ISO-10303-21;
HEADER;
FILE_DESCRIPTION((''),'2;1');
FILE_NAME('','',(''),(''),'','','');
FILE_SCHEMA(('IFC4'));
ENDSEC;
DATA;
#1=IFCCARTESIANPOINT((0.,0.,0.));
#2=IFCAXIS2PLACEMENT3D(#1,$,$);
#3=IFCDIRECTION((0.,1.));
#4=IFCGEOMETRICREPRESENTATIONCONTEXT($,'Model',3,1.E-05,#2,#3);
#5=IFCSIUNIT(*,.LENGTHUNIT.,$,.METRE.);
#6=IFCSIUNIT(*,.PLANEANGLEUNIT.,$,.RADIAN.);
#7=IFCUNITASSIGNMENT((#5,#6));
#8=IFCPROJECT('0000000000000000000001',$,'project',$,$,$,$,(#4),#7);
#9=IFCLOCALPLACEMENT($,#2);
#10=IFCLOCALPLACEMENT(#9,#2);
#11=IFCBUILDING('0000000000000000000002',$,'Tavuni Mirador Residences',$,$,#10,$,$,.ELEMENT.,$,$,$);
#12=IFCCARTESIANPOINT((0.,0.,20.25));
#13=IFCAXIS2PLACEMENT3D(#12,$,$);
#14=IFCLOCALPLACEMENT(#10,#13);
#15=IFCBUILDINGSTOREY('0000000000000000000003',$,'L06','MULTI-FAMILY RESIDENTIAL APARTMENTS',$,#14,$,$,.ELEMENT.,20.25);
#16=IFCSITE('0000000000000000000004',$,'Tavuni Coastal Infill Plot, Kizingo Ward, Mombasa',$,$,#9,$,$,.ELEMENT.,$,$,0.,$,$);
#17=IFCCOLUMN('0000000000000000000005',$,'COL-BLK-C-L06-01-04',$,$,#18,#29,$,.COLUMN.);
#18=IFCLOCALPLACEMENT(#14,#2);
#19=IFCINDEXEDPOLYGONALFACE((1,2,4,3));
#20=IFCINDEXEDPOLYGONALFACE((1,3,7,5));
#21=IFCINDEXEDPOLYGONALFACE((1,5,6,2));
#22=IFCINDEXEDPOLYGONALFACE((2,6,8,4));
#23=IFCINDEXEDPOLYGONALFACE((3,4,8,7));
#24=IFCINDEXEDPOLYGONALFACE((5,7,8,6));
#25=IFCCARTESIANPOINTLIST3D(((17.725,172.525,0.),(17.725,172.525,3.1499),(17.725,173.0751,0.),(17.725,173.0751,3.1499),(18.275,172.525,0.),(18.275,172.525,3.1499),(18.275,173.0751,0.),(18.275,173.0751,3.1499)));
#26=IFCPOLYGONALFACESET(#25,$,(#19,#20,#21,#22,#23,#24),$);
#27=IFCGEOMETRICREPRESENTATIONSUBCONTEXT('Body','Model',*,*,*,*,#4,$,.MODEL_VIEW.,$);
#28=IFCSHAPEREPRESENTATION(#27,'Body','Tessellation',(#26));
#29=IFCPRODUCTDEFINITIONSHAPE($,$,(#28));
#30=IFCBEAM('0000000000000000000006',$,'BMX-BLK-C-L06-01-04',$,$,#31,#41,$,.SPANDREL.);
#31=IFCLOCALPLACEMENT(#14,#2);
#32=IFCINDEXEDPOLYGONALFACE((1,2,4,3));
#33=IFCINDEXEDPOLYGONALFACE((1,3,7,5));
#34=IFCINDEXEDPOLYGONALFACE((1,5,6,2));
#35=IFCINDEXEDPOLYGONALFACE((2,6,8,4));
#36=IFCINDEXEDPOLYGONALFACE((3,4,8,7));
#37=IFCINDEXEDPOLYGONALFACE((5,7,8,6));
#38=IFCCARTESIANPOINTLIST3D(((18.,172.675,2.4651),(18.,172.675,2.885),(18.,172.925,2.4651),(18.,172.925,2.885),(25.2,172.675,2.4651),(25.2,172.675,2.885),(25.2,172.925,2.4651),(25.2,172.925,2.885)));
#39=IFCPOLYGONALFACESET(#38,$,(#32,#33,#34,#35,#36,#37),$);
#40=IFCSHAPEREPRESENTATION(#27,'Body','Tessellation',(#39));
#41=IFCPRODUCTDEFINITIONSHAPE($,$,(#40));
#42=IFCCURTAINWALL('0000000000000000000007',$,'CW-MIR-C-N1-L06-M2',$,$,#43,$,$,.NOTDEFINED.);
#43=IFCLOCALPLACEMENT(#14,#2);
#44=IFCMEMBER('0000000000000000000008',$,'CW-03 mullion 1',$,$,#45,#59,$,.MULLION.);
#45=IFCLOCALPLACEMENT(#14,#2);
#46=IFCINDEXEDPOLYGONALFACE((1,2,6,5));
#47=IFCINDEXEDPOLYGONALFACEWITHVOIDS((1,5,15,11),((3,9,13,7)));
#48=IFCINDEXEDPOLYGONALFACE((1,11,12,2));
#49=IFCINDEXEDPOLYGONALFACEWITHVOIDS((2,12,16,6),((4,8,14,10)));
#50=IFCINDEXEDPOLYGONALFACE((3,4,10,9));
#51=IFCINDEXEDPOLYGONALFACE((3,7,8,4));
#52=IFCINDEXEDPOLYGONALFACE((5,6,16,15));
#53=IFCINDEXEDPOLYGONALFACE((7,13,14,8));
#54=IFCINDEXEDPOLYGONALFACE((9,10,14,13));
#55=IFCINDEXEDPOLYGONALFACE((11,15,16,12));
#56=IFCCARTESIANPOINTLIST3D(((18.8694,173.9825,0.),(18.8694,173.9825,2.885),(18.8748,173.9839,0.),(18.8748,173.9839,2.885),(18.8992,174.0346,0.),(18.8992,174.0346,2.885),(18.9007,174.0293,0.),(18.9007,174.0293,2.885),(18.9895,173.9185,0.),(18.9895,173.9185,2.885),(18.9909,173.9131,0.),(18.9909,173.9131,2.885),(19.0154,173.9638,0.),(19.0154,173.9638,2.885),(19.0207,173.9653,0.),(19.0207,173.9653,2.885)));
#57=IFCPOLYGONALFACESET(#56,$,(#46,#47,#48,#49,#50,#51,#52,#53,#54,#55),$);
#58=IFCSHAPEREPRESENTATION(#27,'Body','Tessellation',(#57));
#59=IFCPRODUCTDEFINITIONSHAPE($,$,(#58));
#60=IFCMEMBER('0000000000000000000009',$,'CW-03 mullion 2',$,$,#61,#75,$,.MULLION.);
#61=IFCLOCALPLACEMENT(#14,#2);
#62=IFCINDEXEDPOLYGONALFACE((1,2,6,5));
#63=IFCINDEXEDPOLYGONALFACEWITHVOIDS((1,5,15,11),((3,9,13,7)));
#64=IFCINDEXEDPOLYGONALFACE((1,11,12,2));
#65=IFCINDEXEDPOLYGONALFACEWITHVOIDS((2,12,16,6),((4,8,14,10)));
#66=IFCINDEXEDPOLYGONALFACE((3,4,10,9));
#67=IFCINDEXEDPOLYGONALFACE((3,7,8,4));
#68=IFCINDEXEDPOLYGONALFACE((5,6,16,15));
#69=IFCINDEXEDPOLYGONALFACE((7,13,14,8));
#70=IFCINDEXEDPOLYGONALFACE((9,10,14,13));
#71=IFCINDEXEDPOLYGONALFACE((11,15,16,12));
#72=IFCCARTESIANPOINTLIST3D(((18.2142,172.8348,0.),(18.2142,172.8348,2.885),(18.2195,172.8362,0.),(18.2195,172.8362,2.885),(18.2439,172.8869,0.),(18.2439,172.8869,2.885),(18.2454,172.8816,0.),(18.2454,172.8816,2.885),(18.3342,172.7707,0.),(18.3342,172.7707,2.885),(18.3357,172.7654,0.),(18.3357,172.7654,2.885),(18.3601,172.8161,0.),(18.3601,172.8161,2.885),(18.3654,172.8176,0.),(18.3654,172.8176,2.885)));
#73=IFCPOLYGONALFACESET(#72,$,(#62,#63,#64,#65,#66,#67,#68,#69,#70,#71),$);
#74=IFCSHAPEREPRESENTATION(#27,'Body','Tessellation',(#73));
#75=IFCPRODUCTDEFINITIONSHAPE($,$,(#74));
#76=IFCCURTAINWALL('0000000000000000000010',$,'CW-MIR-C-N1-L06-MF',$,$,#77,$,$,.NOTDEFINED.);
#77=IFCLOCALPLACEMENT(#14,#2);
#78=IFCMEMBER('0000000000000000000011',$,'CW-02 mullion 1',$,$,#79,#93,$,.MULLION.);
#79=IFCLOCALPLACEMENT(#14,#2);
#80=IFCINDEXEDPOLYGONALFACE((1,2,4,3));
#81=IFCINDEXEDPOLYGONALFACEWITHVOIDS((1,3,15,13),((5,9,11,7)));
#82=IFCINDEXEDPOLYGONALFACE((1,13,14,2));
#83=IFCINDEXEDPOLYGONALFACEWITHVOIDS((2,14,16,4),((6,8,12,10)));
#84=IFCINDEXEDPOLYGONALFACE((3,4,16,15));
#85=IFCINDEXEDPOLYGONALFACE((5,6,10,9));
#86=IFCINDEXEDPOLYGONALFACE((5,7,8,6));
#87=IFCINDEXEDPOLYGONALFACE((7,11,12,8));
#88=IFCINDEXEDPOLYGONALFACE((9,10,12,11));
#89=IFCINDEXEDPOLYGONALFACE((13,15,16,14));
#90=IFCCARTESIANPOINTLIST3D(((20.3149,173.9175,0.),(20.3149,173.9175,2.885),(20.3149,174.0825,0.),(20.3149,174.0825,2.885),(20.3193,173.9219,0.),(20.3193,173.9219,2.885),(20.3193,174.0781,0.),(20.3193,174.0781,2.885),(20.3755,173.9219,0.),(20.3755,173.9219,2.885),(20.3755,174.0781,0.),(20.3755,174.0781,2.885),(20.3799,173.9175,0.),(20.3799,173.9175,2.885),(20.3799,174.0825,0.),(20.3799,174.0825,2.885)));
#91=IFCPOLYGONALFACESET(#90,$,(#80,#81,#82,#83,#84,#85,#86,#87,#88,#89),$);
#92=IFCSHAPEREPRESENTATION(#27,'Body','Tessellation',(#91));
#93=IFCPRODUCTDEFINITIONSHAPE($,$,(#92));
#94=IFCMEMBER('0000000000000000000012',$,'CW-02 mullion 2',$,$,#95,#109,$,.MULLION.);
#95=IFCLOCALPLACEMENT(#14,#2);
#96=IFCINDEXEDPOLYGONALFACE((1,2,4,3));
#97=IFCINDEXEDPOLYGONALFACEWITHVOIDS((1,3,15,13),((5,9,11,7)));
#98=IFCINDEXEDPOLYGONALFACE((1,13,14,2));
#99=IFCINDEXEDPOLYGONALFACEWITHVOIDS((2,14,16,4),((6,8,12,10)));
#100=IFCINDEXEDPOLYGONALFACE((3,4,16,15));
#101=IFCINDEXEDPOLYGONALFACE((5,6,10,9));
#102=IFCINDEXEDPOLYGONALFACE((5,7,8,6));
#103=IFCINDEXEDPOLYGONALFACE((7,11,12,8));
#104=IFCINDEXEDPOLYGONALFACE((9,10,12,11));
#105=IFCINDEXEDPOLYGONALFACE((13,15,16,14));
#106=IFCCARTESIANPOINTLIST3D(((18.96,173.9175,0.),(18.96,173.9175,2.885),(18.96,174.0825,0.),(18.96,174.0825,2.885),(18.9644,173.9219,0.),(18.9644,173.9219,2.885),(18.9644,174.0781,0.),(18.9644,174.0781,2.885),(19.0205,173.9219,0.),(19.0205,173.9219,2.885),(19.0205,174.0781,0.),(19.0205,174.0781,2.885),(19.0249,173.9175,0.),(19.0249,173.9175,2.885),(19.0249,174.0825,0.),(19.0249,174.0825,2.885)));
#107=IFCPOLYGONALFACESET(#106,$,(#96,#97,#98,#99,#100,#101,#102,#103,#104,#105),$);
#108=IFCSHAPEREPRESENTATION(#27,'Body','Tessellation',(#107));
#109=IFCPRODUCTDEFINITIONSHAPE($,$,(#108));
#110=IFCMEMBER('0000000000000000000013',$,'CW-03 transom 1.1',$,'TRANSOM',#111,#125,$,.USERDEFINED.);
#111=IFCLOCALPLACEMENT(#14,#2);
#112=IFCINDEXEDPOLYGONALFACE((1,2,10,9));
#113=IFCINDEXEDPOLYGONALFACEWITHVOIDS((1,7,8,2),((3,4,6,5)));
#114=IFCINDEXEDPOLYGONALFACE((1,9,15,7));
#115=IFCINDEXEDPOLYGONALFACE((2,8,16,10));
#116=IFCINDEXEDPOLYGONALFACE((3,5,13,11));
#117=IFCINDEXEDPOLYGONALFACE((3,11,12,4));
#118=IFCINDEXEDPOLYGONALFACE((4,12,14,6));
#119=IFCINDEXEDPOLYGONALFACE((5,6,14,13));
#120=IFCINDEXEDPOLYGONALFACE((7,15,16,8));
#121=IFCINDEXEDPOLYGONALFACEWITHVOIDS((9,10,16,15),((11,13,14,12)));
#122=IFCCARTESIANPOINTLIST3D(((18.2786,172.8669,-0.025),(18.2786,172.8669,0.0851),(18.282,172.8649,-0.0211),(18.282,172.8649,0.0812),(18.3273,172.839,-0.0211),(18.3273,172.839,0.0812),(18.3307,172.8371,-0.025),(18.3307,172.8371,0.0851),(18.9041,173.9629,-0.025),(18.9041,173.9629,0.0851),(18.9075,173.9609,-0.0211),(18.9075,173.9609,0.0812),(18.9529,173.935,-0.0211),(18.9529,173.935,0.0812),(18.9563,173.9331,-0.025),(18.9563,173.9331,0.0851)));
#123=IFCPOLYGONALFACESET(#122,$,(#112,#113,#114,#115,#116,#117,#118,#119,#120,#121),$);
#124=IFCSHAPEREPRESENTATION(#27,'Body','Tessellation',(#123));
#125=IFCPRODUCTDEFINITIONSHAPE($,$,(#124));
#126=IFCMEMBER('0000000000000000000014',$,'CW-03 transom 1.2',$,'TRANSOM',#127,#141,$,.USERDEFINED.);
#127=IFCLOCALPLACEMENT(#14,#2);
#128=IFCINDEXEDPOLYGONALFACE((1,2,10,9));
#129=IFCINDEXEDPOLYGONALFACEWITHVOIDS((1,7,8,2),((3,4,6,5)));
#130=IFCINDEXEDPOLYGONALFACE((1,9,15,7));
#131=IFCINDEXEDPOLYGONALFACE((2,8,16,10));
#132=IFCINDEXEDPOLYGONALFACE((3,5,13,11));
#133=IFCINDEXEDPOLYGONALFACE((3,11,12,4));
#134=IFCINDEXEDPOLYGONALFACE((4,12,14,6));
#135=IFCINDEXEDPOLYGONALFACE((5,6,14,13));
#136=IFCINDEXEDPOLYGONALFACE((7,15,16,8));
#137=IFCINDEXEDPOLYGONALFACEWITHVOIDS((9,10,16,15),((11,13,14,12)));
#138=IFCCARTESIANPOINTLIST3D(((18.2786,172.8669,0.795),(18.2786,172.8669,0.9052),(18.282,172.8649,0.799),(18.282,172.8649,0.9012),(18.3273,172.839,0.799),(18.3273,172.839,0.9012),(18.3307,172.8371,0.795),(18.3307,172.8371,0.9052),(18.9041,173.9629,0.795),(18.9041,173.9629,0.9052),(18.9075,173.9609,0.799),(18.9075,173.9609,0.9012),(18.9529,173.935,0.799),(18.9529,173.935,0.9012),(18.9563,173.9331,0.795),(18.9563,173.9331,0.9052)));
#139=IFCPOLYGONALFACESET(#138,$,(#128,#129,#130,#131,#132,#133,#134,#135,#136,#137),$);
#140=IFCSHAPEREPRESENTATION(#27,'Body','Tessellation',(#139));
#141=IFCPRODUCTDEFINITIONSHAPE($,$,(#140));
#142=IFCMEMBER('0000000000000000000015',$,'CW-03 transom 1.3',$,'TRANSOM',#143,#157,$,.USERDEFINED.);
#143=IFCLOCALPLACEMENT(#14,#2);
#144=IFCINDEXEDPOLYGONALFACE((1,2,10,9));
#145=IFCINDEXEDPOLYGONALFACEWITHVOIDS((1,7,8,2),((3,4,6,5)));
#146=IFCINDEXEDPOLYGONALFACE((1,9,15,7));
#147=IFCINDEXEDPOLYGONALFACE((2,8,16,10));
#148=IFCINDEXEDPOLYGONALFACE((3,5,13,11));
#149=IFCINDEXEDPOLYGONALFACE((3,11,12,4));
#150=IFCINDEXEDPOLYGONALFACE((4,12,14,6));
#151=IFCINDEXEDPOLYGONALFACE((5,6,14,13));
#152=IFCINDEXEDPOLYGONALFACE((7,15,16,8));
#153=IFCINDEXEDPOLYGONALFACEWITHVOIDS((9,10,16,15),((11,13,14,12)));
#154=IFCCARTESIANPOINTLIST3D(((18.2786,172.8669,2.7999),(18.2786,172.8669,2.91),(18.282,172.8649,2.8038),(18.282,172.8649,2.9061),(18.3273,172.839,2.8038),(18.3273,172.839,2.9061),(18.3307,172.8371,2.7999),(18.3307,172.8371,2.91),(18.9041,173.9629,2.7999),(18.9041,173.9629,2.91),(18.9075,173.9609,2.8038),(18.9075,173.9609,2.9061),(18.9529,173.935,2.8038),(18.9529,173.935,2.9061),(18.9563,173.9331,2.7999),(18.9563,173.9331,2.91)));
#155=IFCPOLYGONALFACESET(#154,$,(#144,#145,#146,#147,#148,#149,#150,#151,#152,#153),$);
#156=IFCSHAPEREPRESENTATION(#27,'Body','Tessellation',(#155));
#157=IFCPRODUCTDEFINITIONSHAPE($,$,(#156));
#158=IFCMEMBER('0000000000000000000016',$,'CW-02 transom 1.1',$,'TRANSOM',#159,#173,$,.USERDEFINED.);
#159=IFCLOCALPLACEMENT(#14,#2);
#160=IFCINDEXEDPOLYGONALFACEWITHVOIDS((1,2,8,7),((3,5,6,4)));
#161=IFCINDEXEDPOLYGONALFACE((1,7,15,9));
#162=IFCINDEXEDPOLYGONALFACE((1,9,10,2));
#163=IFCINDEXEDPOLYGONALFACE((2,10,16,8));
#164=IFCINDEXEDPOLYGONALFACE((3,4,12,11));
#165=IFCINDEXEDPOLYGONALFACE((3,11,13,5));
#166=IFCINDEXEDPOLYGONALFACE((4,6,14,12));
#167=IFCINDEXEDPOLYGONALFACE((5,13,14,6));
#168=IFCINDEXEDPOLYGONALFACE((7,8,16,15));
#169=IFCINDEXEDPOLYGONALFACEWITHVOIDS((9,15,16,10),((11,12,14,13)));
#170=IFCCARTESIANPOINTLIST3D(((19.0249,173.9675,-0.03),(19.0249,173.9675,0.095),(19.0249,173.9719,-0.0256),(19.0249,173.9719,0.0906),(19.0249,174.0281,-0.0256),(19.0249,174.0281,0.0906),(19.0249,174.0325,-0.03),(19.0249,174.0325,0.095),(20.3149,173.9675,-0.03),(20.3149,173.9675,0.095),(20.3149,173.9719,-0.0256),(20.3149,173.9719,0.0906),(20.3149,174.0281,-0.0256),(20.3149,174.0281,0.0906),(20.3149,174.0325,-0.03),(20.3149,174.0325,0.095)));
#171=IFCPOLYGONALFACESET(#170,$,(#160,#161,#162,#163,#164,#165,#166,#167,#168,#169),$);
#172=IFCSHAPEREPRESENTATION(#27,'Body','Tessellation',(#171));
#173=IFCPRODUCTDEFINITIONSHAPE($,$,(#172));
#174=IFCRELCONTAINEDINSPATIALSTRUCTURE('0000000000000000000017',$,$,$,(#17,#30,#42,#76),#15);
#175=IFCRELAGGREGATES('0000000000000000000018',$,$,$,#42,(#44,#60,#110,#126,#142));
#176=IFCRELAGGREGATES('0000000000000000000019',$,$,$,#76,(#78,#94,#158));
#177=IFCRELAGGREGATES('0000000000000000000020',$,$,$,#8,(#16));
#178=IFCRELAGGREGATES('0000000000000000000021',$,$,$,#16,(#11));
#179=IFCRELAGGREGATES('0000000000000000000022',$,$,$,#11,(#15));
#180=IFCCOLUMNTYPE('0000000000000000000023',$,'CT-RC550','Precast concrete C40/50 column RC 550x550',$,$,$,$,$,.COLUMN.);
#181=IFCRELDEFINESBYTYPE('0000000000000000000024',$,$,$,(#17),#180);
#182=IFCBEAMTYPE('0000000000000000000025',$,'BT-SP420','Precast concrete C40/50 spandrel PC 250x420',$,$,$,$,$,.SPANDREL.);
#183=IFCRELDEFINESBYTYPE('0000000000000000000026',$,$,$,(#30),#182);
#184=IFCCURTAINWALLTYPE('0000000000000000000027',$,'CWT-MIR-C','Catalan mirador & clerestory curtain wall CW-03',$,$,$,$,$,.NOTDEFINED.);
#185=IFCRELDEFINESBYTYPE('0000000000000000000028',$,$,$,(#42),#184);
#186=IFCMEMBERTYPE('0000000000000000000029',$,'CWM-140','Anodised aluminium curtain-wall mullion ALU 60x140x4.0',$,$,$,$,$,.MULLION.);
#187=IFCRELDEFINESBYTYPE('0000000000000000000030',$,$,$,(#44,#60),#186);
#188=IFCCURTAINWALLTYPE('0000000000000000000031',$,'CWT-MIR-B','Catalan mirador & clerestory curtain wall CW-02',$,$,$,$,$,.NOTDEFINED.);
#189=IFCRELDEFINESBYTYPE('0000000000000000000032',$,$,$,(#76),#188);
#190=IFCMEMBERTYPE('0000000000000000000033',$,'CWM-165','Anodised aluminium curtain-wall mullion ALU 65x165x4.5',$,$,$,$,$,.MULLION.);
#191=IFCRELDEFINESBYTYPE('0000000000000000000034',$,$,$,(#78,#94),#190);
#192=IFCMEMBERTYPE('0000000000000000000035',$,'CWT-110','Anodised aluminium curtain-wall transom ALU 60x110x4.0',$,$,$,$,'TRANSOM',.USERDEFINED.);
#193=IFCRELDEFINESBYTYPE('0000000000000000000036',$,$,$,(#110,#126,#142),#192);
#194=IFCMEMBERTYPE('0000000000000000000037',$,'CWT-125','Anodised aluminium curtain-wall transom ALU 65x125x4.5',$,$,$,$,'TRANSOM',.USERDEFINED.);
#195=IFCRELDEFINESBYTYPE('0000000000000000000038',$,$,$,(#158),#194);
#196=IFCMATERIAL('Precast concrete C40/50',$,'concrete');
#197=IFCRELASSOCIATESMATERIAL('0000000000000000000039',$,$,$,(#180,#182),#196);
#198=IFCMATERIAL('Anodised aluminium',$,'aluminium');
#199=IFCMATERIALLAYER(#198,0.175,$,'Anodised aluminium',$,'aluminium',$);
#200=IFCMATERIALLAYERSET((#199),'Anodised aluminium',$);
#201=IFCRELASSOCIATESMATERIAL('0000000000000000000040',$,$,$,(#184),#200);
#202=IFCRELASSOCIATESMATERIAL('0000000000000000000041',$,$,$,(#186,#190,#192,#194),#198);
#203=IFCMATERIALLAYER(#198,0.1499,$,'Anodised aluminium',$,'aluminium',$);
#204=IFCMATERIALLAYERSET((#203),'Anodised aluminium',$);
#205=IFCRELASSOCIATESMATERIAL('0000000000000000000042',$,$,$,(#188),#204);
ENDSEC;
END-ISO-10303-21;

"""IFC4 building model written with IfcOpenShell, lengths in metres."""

from ifc_helpers import new_model, si_unit, direction, frame, origin, origin_2d, place, context, subcontext, project, spatial, rectangle, hollow_rectangle, extrude, material, layer, layer_set, material_profile, profile_set, type_object, element, aggregate, save


model = new_model("IFC4")

# Units and contexts
model_context = context("Model", 3, precision=1e-05, world=origin(), true_north=direction((0.0, 1.0)))
body_context = subcontext(model_context, "Body", "Model", "MODEL_VIEW")
ifc_project = project(units=[si_unit("LENGTHUNIT", "METRE"), si_unit("PLANEANGLEUNIT", "RADIAN")], contexts=[model_context])

# Site, building, storey
site_placement = place(None, origin())
site = spatial("IfcSite", under=ifc_project, at=site_placement, Name="Tavuni Coastal Infill Plot, Kizingo Ward, Mombasa", CompositionType="ELEMENT", RefElevation=0.0)
building_placement = place(site_placement, origin())
building = spatial("IfcBuilding", under=site, at=building_placement, Name="Tavuni Mirador Residences", CompositionType="ELEMENT")
storey_placement = place(building_placement, frame((0.0, 0.0, 20.25)))
storey = spatial("IfcBuildingStorey", under=building, at=storey_placement, Name="L06", Description="MULTI-FAMILY RESIDENTIAL APARTMENTS", CompositionType="ELEMENT", Elevation=20.25)

# Column
ifc_material_1 = material(Name="Precast concrete C40/50", Category="concrete")
ifc_material_profile_1 = material_profile(ifc_material_1, rectangle(XDim=0.55, YDim=0.55, at=origin_2d()), Name="RC 550x550", Category="concrete")
ifc_profile_set_1 = profile_set([ifc_material_profile_1], Name="Precast concrete C40/50")
column_type = type_object("IfcColumnType", Name="CT-RC550", Description="Precast concrete C40/50 column RC 550x550", PredefinedType="COLUMN", material=ifc_profile_set_1)
column_placement = place(storey_placement, frame((18.0, 172.8, 0.0), z_axis=(0.0, 0.0, 1.0), x_axis=(1.0, 0.0, 0.0)))
element("IfcColumn", 1, at=column_placement, inside=storey, type_object=column_type, Name="COL-BLK-C-L06-01-04", PredefinedType="COLUMN", context=body_context, shape_type="SweptSolid", body=[
    extrude(rectangle(XDim=0.55, YDim=0.55, at=origin_2d()), origin(), (0.0, 0.0, 1.0), 3.1499),
])

# Beam
ifc_material_profile_2 = material_profile(ifc_material_1, rectangle(XDim=0.25, YDim=0.4199, at=origin_2d()), Name="PC 250x420", Category="concrete")
ifc_profile_set_2 = profile_set([ifc_material_profile_2], Name="Precast concrete C40/50")
beam_type = type_object("IfcBeamType", Name="BT-SP420", Description="Precast concrete C40/50 spandrel PC 250x420", PredefinedType="SPANDREL", material=ifc_profile_set_2)
beam_placement = place(storey_placement, frame((18.0, 172.8, 2.675), z_axis=(1.0, 0.0, 0.0), x_axis=(0.0, 1.0, 0.0)))
element("IfcBeam", 2, at=beam_placement, inside=storey, type_object=beam_type, Name="BMX-BLK-C-L06-01-04", PredefinedType="SPANDREL", context=body_context, shape_type="SweptSolid", body=[
    extrude(rectangle(XDim=0.25, YDim=0.4199, at=origin_2d()), origin(), (0.0, 0.0, 1.0), 7.2),
])

# Curtain walls, members
ifc_material_2 = material(Name="Anodised aluminium", Category="aluminium")
ifc_layer_1 = layer(ifc_material_2, 0.175, Name="Anodised aluminium", Category="aluminium")
ifc_layer_set_1 = layer_set([ifc_layer_1], Name="Anodised aluminium")
curtain_wall_type_1 = type_object("IfcCurtainWallType", Name="CWT-MIR-C", Description="Catalan mirador & clerestory curtain wall CW-03", PredefinedType="NOTDEFINED", material=ifc_layer_set_1)
curtain_wall_1_placement = place(storey_placement, origin())
curtain_wall_1 = element("IfcCurtainWall", 3, at=curtain_wall_1_placement, inside=storey, type_object=curtain_wall_type_1, Name="CW-MIR-C-N1-L06-M2", PredefinedType="NOTDEFINED")
ifc_material_profile_3 = material_profile(ifc_material_2, hollow_rectangle(XDim=0.0601, YDim=0.1399, WallThickness=0.0039, at=origin_2d()), Name="ALU 60x140x4.0", Category="aluminium")
ifc_profile_set_3 = profile_set([ifc_material_profile_3], Name="Anodised aluminium")
member_type_1 = type_object("IfcMemberType", Name="CWM-140", Description="Anodised aluminium curtain-wall mullion ALU 60x140x4.0", PredefinedType="MULLION", material=ifc_profile_set_3)
member_1_placement = place(storey_placement, frame((18.9451, 173.9739, 0.0), z_axis=(0.0, 0.0, 1.0), x_axis=(-0.495749, -0.868466, 0.0)))
member_1 = element("IfcMember", 4, at=member_1_placement, type_object=member_type_1, Name="CW-03 mullion 1", PredefinedType="MULLION", context=body_context, shape_type="SweptSolid", body=[
    extrude(hollow_rectangle(XDim=0.0601, YDim=0.1399, WallThickness=0.0039, at=origin_2d()), origin(), (0.0, 0.0, 1.0), 2.885),
])
member_2_placement = place(storey_placement, frame((18.2898, 172.8262, 0.0), z_axis=(0.0, 0.0, 1.0), x_axis=(-0.495749, -0.868466, 0.0)))
member_2 = element("IfcMember", 5, at=member_2_placement, type_object=member_type_1, Name="CW-03 mullion 2", PredefinedType="MULLION", context=body_context, shape_type="SweptSolid", body=[
    extrude(hollow_rectangle(XDim=0.0601, YDim=0.1399, WallThickness=0.0039, at=origin_2d()), origin(), (0.0, 0.0, 1.0), 2.885),
])
ifc_layer_2 = layer(ifc_material_2, 0.1499, Name="Anodised aluminium", Category="aluminium")
ifc_layer_set_2 = layer_set([ifc_layer_2], Name="Anodised aluminium")
curtain_wall_type_2 = type_object("IfcCurtainWallType", Name="CWT-MIR-B", Description="Catalan mirador & clerestory curtain wall CW-02", PredefinedType="NOTDEFINED", material=ifc_layer_set_2)
curtain_wall_2_placement = place(storey_placement, origin())
curtain_wall_2 = element("IfcCurtainWall", 6, at=curtain_wall_2_placement, inside=storey, type_object=curtain_wall_type_2, Name="CW-MIR-C-N1-L06-MF", PredefinedType="NOTDEFINED")
ifc_material_profile_4 = material_profile(ifc_material_2, hollow_rectangle(XDim=0.0649, YDim=0.165, WallThickness=0.0044, at=origin_2d()), Name="ALU 65x165x4.5", Category="aluminium")
ifc_profile_set_4 = profile_set([ifc_material_profile_4], Name="Anodised aluminium")
member_type_2 = type_object("IfcMemberType", Name="CWM-165", Description="Anodised aluminium curtain-wall mullion ALU 65x165x4.5", PredefinedType="MULLION", material=ifc_profile_set_4)
member_3_placement = place(storey_placement, frame((20.3474, 174.0, 0.0), z_axis=(0.0, 0.0, 1.0), x_axis=(-1.0, 0.0, 0.0)))
member_3 = element("IfcMember", 7, at=member_3_placement, type_object=member_type_2, Name="CW-02 mullion 1", PredefinedType="MULLION", context=body_context, shape_type="SweptSolid", body=[
    extrude(hollow_rectangle(XDim=0.0649, YDim=0.165, WallThickness=0.0044, at=origin_2d()), origin(), (0.0, 0.0, 1.0), 2.885),
])
member_4_placement = place(storey_placement, frame((18.9924, 174.0, 0.0), z_axis=(0.0, 0.0, 1.0), x_axis=(-1.0, 0.0, 0.0)))
member_4 = element("IfcMember", 8, at=member_4_placement, type_object=member_type_2, Name="CW-02 mullion 2", PredefinedType="MULLION", context=body_context, shape_type="SweptSolid", body=[
    extrude(hollow_rectangle(XDim=0.0649, YDim=0.165, WallThickness=0.0044, at=origin_2d()), origin(), (0.0, 0.0, 1.0), 2.885),
])

# Members
ifc_material_profile_5 = material_profile(ifc_material_2, hollow_rectangle(XDim=0.0601, YDim=0.1101, WallThickness=0.0039, at=origin_2d()), Name="ALU 60x110x4.0", Category="aluminium")
ifc_profile_set_5 = profile_set([ifc_material_profile_5], Name="Anodised aluminium")
member_type_3 = type_object("IfcMemberType", Name="CWT-110", Description="Anodised aluminium curtain-wall transom ALU 60x110x4.0", ElementType="TRANSOM", PredefinedType="USERDEFINED", material=ifc_profile_set_5)
member_5_placement = place(storey_placement, frame((18.9302, 173.948, 0.03), z_axis=(-0.49568, -0.868505, 0.0), x_axis=(0.868505, -0.49568, 0.0)))
member_5 = element("IfcMember", 9, at=member_5_placement, type_object=member_type_3, Name="CW-03 transom 1.1", ObjectType="TRANSOM", PredefinedType="USERDEFINED", context=body_context, shape_type="SweptSolid", body=[
    extrude(hollow_rectangle(XDim=0.0601, YDim=0.1101, WallThickness=0.0039, at=origin_2d()), origin(), (0.0, 0.0, 1.0), 1.262),
])
member_6_placement = place(storey_placement, frame((18.9302, 173.948, 0.8501), z_axis=(-0.49568, -0.868505, 0.0), x_axis=(0.868505, -0.49568, 0.0)))
member_6 = element("IfcMember", 10, at=member_6_placement, type_object=member_type_3, Name="CW-03 transom 1.2", ObjectType="TRANSOM", PredefinedType="USERDEFINED", context=body_context, shape_type="SweptSolid", body=[
    extrude(hollow_rectangle(XDim=0.0601, YDim=0.1101, WallThickness=0.0039, at=origin_2d()), origin(), (0.0, 0.0, 1.0), 1.262),
])
member_7_placement = place(storey_placement, frame((18.9302, 173.948, 2.855), z_axis=(-0.49568, -0.868505, 0.0), x_axis=(0.868505, -0.49568, 0.0)))
member_7 = element("IfcMember", 11, at=member_7_placement, type_object=member_type_3, Name="CW-03 transom 1.3", ObjectType="TRANSOM", PredefinedType="USERDEFINED", context=body_context, shape_type="SweptSolid", body=[
    extrude(hollow_rectangle(XDim=0.0601, YDim=0.1101, WallThickness=0.0039, at=origin_2d()), origin(), (0.0, 0.0, 1.0), 1.262),
])
ifc_material_profile_6 = material_profile(ifc_material_2, hollow_rectangle(XDim=0.0649, YDim=0.125, WallThickness=0.0044, at=origin_2d()), Name="ALU 65x125x4.5", Category="aluminium")
ifc_profile_set_6 = profile_set([ifc_material_profile_6], Name="Anodised aluminium")
member_type_4 = type_object("IfcMemberType", Name="CWT-125", Description="Anodised aluminium curtain-wall transom ALU 65x125x4.5", ElementType="TRANSOM", PredefinedType="USERDEFINED", material=ifc_profile_set_6)
member_8_placement = place(storey_placement, frame((20.3149, 174.0, 0.0325), z_axis=(-1.0, 0.0, 0.0), x_axis=(0.0, -1.0, 0.0)))
member_8 = element("IfcMember", 12, at=member_8_placement, type_object=member_type_4, Name="CW-02 transom 1.1", ObjectType="TRANSOM", PredefinedType="USERDEFINED", context=body_context, shape_type="SweptSolid", body=[
    extrude(hollow_rectangle(XDim=0.0649, YDim=0.125, WallThickness=0.0044, at=origin_2d()), origin(), (0.0, 0.0, 1.0), 1.29),
])

aggregate(curtain_wall_1, [member_1, member_2, member_5, member_6, member_7])
aggregate(curtain_wall_2, [member_3, member_4, member_8])

save(model, "model.ifc")
